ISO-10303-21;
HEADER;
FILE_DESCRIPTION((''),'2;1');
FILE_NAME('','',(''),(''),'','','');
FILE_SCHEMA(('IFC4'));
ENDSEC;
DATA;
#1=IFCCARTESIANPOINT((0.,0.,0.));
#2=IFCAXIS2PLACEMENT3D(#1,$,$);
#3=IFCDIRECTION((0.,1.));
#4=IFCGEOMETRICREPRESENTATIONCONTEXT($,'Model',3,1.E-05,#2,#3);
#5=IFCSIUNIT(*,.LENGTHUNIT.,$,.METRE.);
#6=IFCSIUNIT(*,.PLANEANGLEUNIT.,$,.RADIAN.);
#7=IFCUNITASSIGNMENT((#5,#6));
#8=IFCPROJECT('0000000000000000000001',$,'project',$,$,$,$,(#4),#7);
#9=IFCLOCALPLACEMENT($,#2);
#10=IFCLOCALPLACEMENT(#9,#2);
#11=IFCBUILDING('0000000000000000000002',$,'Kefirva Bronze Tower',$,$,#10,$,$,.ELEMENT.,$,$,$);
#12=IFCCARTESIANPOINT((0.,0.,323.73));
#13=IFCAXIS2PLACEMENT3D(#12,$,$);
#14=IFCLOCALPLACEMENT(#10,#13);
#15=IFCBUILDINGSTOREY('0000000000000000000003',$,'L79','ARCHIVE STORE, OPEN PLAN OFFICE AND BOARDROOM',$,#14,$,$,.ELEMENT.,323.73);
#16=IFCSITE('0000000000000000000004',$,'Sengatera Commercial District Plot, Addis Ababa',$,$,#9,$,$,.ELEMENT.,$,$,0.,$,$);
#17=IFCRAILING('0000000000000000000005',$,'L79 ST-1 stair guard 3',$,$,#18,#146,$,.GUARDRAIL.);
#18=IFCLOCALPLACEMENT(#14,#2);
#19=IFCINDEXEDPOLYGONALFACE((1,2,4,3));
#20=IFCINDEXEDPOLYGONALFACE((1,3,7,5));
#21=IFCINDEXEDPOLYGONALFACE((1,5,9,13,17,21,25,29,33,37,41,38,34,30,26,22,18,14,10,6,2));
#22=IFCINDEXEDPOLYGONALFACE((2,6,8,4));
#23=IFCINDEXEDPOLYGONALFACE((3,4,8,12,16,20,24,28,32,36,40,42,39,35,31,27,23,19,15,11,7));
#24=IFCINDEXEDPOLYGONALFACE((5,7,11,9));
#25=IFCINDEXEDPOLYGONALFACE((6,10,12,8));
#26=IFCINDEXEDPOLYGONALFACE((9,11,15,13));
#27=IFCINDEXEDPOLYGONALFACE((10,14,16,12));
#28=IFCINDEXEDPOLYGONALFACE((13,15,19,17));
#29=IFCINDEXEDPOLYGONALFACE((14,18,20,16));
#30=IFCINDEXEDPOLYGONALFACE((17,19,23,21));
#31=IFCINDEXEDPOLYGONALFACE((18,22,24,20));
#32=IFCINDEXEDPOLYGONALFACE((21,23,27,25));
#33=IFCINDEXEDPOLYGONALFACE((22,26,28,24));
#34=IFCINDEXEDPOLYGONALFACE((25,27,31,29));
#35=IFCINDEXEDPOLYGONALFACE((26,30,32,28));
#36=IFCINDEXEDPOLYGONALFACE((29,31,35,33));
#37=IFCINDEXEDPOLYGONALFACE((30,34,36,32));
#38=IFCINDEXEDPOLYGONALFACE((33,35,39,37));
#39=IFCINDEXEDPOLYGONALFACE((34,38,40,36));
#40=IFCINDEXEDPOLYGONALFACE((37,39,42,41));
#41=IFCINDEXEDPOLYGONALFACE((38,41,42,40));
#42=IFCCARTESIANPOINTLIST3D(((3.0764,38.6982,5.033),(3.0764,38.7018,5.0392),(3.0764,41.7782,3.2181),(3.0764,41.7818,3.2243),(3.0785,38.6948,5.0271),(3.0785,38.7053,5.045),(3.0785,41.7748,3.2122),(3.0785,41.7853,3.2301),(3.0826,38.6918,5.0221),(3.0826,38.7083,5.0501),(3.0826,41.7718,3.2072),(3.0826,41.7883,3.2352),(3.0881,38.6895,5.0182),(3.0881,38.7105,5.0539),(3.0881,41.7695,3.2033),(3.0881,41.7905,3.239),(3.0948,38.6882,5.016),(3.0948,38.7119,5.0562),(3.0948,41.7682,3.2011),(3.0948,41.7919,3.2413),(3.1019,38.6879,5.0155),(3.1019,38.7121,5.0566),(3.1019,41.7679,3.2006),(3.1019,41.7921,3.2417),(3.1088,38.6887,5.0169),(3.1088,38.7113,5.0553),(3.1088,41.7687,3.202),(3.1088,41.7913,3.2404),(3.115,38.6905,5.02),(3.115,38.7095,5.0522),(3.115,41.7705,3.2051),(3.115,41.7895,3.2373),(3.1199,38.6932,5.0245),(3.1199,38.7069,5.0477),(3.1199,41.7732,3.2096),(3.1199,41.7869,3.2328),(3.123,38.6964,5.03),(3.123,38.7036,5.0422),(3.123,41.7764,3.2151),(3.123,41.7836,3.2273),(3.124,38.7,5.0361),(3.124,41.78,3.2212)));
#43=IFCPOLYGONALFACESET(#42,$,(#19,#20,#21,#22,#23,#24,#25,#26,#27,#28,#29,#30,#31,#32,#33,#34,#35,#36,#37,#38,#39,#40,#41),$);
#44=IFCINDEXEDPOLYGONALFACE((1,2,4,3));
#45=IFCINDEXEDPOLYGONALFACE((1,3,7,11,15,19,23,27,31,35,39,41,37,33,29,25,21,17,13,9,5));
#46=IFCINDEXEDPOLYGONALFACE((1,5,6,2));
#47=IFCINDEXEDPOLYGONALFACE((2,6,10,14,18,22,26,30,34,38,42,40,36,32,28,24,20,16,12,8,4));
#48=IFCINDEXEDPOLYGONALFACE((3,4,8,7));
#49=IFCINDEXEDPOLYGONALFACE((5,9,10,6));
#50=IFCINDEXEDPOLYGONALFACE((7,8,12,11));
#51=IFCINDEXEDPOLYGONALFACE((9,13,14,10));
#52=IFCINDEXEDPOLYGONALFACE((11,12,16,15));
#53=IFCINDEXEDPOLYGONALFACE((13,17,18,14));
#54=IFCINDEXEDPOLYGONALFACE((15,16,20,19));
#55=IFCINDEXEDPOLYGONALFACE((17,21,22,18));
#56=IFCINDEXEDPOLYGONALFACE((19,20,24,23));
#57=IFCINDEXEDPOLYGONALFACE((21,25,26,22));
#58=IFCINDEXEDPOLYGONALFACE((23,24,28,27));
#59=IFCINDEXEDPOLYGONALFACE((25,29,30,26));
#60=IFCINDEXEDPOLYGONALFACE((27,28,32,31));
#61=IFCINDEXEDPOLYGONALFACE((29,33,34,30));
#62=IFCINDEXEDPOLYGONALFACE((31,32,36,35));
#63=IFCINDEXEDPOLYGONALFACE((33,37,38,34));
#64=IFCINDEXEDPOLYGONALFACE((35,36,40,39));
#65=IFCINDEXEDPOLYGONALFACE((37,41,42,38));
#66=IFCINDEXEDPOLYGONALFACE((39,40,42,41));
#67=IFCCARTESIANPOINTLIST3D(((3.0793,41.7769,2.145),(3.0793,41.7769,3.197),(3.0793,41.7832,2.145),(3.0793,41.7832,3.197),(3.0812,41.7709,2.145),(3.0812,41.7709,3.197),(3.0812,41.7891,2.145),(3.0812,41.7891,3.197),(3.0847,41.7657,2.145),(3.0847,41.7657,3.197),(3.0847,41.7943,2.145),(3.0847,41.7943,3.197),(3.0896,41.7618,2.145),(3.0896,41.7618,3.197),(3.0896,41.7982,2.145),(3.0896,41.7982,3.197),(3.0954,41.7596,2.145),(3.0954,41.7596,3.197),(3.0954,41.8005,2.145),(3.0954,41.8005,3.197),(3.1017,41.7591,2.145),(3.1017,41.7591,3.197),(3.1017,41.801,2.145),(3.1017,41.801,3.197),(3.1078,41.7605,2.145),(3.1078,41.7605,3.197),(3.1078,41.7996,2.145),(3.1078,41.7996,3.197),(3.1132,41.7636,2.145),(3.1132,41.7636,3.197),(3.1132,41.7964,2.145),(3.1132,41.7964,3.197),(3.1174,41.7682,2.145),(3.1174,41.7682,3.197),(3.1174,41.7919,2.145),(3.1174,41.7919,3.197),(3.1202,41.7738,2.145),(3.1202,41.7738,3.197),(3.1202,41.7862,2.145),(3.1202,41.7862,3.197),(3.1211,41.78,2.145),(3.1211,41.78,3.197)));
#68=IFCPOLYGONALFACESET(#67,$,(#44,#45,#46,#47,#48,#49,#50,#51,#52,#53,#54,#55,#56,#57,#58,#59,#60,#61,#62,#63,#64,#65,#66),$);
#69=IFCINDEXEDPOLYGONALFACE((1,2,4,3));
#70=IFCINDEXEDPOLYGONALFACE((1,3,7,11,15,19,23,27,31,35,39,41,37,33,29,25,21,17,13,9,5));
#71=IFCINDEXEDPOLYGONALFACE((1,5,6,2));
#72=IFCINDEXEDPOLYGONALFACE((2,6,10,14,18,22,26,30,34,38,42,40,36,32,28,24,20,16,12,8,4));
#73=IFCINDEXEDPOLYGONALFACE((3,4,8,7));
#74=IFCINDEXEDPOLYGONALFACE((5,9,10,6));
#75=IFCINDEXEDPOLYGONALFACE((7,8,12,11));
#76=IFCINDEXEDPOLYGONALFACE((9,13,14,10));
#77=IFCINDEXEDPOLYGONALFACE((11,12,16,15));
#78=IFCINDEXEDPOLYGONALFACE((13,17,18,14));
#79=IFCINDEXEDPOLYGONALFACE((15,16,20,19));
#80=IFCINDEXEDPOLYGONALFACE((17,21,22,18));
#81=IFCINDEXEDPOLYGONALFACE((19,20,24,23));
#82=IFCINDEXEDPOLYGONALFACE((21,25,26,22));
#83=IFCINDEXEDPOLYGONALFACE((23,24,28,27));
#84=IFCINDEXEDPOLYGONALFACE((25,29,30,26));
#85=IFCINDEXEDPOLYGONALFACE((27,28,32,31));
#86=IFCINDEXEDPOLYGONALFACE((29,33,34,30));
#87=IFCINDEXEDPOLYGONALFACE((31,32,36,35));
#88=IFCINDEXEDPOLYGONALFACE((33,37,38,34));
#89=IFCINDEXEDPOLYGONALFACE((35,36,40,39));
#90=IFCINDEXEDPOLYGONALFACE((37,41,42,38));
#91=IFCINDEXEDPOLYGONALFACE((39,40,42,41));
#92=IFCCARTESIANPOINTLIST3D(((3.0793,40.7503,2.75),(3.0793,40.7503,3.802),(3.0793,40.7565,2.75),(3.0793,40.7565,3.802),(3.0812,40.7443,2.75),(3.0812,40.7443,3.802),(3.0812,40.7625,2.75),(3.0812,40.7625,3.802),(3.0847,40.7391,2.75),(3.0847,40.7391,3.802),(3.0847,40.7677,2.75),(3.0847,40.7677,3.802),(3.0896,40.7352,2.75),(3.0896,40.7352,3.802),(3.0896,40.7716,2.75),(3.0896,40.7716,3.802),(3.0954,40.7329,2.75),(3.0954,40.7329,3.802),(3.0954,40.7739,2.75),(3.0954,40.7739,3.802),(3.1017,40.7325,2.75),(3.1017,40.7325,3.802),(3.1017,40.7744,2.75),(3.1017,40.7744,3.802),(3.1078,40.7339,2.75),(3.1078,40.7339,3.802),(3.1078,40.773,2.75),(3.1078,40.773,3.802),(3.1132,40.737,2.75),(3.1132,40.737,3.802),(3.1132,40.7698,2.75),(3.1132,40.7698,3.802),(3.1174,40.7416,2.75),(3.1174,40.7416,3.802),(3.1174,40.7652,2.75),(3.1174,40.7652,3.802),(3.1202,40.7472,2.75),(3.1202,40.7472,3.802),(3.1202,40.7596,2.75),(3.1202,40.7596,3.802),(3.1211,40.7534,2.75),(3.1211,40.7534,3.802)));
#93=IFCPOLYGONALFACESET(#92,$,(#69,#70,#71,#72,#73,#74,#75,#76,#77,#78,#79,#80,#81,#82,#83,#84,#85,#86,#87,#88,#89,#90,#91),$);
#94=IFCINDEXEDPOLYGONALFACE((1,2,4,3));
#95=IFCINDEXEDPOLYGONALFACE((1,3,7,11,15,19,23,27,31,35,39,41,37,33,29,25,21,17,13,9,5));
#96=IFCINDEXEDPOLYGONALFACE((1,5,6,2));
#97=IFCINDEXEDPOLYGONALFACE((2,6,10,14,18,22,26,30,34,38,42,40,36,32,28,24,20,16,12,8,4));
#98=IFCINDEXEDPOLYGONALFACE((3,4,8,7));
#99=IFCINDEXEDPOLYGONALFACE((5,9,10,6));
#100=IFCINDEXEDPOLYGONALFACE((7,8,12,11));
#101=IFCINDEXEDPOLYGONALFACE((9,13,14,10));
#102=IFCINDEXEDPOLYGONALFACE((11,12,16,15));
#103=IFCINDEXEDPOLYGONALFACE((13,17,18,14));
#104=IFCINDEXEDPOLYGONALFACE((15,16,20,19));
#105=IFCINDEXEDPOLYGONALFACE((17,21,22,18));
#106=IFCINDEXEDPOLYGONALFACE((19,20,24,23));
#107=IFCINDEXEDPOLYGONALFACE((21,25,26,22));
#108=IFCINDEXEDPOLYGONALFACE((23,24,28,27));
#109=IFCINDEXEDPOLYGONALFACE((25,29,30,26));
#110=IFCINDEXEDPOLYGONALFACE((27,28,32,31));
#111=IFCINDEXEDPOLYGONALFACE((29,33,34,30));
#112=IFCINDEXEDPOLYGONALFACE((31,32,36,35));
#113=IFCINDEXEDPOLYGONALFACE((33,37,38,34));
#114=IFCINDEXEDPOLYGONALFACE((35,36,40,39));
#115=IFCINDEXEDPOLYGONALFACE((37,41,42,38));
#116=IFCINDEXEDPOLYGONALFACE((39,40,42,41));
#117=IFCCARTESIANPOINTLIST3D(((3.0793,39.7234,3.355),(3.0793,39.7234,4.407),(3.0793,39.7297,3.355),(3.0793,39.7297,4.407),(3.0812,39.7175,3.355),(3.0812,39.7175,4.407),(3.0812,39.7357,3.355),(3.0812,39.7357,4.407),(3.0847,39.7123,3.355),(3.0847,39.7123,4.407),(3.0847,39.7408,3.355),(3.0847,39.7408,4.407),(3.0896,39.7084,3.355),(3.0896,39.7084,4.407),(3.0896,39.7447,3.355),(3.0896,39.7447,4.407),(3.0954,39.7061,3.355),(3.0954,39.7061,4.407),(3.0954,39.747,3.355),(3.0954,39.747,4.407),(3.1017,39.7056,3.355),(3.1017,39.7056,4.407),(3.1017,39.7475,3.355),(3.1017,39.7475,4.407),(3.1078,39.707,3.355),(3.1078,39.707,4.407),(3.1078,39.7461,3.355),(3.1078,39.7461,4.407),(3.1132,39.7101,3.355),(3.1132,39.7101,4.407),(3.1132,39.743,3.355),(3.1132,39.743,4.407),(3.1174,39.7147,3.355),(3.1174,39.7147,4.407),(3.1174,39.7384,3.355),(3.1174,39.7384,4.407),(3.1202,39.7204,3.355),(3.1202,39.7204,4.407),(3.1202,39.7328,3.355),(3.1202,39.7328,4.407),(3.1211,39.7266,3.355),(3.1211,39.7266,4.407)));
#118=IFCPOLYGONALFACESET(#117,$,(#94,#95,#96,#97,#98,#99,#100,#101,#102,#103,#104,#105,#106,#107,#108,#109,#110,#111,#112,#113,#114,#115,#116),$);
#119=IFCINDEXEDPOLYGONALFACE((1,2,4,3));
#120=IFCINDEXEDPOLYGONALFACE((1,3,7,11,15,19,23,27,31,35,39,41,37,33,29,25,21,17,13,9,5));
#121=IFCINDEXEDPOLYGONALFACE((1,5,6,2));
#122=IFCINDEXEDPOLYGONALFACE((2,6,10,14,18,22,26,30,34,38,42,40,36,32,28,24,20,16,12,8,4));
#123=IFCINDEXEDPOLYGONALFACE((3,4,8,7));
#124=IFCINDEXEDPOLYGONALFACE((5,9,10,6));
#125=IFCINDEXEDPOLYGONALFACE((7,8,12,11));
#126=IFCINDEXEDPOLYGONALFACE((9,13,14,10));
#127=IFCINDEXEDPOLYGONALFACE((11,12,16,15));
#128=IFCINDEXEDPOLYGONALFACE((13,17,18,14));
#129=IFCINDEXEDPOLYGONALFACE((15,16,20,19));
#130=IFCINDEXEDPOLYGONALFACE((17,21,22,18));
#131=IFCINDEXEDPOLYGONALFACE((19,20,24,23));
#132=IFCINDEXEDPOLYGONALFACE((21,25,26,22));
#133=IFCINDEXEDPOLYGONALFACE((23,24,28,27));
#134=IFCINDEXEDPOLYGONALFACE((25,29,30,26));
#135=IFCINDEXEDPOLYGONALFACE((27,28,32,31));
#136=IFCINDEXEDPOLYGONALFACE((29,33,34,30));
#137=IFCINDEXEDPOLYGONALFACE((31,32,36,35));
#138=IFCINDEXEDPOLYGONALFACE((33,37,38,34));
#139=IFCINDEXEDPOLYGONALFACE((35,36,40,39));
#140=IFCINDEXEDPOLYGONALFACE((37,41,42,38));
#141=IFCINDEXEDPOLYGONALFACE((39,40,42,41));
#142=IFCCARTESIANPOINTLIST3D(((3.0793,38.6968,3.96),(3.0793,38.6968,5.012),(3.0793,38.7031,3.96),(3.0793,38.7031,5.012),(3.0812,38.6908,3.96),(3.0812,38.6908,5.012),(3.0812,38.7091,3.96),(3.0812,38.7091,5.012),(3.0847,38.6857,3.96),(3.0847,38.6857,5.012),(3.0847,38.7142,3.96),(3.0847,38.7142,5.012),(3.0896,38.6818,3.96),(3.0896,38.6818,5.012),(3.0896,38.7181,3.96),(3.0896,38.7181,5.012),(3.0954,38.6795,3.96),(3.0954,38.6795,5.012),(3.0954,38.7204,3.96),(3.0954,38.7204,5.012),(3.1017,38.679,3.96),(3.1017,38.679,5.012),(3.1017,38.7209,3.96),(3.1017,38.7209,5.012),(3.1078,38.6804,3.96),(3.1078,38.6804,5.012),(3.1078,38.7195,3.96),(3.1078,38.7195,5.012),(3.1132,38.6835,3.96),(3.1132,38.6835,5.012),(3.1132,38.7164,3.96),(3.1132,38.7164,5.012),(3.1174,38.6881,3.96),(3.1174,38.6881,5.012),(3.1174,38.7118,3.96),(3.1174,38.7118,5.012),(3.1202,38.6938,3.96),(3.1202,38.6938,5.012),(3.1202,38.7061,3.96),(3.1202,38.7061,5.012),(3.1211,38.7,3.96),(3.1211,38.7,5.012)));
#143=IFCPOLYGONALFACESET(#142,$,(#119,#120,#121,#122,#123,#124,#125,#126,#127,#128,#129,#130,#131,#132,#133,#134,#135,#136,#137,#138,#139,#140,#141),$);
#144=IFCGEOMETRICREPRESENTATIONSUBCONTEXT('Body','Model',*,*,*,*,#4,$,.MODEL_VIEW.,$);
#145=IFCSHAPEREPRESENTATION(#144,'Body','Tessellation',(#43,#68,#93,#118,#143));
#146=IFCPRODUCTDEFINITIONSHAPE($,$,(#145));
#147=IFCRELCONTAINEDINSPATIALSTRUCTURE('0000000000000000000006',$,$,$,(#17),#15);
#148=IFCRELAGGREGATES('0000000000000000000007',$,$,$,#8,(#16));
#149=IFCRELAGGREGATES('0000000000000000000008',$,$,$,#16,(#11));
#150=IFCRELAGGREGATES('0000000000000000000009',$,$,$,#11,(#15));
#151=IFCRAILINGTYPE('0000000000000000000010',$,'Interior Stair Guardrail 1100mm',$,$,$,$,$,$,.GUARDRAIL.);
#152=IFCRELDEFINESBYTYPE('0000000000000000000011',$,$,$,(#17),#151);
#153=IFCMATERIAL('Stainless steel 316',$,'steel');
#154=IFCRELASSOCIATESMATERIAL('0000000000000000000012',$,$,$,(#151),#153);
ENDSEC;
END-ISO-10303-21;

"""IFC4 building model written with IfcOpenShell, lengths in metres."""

from ifc_helpers import new_model, si_unit, direction, frame, origin, origin_2d, place, context, subcontext, project, spatial, circle, extrude, material, type_object, element, save


model = new_model("IFC4")

# Units and contexts
model_context = context("Model", 3, precision=1e-05, world=origin(), true_north=direction((0.0, 1.0)))
body_context = subcontext(model_context, "Body", "Model", "MODEL_VIEW")
ifc_project = project(units=[si_unit("LENGTHUNIT", "METRE"), si_unit("PLANEANGLEUNIT", "RADIAN")], contexts=[model_context])

# Site, building, storey
site_placement = place(None, origin())
site = spatial("IfcSite", under=ifc_project, at=site_placement, Name="Sengatera Commercial District Plot, Addis Ababa", CompositionType="ELEMENT", RefElevation=0.0)
building_placement = place(site_placement, origin())
building = spatial("IfcBuilding", under=site, at=building_placement, Name="Kefirva Bronze Tower", CompositionType="ELEMENT")
storey_placement = place(building_placement, frame((0.0, 0.0, 323.73)))
storey = spatial("IfcBuildingStorey", under=building, at=storey_placement, Name="L79", Description="ARCHIVE STORE, OPEN PLAN OFFICE AND BOARDROOM", CompositionType="ELEMENT", Elevation=323.73)

# Railing
ifc_material_1 = material(Name="Stainless steel 316", Category="steel")
railing_type_1 = type_object("IfcRailingType", Name="Interior Stair Guardrail 1100mm", PredefinedType="GUARDRAIL", material=ifc_material_1)
railing_1_placement = place(storey_placement, frame((3.1001, 41.78, 2.145)))
element("IfcRailing", 1, at=railing_1_placement, inside=storey, type_object=railing_type_1, Name="L79 ST-1 stair guard 3", PredefinedType="GUARDRAIL", context=body_context, shape_type="SweptSolid", body=[
    extrude(circle(Radius=0.0239, at=origin_2d()), frame((0.0, 0.0, 1.0762), z_axis=(0.0, -0.861551, 0.507671), x_axis=(1.0, 0.0, 0.0)), (0.0, 0.0, 1.0), 3.575),
    extrude(circle(Radius=0.021, at=origin_2d()), origin(), (0.0, 0.0, 1.0), 1.052),
    extrude(circle(Radius=0.021, at=origin_2d()), frame((0.0, -1.0266, 0.605)), (0.0, 0.0, 1.0), 1.052),
    extrude(circle(Radius=0.021, at=origin_2d()), frame((0.0, -2.0535, 1.21)), (0.0, 0.0, 1.0), 1.052),
    extrude(circle(Radius=0.021, at=origin_2d()), frame((0.0, -3.0801, 1.8149)), (0.0, 0.0, 1.0), 1.052),
])

save(model, "model.ifc")
